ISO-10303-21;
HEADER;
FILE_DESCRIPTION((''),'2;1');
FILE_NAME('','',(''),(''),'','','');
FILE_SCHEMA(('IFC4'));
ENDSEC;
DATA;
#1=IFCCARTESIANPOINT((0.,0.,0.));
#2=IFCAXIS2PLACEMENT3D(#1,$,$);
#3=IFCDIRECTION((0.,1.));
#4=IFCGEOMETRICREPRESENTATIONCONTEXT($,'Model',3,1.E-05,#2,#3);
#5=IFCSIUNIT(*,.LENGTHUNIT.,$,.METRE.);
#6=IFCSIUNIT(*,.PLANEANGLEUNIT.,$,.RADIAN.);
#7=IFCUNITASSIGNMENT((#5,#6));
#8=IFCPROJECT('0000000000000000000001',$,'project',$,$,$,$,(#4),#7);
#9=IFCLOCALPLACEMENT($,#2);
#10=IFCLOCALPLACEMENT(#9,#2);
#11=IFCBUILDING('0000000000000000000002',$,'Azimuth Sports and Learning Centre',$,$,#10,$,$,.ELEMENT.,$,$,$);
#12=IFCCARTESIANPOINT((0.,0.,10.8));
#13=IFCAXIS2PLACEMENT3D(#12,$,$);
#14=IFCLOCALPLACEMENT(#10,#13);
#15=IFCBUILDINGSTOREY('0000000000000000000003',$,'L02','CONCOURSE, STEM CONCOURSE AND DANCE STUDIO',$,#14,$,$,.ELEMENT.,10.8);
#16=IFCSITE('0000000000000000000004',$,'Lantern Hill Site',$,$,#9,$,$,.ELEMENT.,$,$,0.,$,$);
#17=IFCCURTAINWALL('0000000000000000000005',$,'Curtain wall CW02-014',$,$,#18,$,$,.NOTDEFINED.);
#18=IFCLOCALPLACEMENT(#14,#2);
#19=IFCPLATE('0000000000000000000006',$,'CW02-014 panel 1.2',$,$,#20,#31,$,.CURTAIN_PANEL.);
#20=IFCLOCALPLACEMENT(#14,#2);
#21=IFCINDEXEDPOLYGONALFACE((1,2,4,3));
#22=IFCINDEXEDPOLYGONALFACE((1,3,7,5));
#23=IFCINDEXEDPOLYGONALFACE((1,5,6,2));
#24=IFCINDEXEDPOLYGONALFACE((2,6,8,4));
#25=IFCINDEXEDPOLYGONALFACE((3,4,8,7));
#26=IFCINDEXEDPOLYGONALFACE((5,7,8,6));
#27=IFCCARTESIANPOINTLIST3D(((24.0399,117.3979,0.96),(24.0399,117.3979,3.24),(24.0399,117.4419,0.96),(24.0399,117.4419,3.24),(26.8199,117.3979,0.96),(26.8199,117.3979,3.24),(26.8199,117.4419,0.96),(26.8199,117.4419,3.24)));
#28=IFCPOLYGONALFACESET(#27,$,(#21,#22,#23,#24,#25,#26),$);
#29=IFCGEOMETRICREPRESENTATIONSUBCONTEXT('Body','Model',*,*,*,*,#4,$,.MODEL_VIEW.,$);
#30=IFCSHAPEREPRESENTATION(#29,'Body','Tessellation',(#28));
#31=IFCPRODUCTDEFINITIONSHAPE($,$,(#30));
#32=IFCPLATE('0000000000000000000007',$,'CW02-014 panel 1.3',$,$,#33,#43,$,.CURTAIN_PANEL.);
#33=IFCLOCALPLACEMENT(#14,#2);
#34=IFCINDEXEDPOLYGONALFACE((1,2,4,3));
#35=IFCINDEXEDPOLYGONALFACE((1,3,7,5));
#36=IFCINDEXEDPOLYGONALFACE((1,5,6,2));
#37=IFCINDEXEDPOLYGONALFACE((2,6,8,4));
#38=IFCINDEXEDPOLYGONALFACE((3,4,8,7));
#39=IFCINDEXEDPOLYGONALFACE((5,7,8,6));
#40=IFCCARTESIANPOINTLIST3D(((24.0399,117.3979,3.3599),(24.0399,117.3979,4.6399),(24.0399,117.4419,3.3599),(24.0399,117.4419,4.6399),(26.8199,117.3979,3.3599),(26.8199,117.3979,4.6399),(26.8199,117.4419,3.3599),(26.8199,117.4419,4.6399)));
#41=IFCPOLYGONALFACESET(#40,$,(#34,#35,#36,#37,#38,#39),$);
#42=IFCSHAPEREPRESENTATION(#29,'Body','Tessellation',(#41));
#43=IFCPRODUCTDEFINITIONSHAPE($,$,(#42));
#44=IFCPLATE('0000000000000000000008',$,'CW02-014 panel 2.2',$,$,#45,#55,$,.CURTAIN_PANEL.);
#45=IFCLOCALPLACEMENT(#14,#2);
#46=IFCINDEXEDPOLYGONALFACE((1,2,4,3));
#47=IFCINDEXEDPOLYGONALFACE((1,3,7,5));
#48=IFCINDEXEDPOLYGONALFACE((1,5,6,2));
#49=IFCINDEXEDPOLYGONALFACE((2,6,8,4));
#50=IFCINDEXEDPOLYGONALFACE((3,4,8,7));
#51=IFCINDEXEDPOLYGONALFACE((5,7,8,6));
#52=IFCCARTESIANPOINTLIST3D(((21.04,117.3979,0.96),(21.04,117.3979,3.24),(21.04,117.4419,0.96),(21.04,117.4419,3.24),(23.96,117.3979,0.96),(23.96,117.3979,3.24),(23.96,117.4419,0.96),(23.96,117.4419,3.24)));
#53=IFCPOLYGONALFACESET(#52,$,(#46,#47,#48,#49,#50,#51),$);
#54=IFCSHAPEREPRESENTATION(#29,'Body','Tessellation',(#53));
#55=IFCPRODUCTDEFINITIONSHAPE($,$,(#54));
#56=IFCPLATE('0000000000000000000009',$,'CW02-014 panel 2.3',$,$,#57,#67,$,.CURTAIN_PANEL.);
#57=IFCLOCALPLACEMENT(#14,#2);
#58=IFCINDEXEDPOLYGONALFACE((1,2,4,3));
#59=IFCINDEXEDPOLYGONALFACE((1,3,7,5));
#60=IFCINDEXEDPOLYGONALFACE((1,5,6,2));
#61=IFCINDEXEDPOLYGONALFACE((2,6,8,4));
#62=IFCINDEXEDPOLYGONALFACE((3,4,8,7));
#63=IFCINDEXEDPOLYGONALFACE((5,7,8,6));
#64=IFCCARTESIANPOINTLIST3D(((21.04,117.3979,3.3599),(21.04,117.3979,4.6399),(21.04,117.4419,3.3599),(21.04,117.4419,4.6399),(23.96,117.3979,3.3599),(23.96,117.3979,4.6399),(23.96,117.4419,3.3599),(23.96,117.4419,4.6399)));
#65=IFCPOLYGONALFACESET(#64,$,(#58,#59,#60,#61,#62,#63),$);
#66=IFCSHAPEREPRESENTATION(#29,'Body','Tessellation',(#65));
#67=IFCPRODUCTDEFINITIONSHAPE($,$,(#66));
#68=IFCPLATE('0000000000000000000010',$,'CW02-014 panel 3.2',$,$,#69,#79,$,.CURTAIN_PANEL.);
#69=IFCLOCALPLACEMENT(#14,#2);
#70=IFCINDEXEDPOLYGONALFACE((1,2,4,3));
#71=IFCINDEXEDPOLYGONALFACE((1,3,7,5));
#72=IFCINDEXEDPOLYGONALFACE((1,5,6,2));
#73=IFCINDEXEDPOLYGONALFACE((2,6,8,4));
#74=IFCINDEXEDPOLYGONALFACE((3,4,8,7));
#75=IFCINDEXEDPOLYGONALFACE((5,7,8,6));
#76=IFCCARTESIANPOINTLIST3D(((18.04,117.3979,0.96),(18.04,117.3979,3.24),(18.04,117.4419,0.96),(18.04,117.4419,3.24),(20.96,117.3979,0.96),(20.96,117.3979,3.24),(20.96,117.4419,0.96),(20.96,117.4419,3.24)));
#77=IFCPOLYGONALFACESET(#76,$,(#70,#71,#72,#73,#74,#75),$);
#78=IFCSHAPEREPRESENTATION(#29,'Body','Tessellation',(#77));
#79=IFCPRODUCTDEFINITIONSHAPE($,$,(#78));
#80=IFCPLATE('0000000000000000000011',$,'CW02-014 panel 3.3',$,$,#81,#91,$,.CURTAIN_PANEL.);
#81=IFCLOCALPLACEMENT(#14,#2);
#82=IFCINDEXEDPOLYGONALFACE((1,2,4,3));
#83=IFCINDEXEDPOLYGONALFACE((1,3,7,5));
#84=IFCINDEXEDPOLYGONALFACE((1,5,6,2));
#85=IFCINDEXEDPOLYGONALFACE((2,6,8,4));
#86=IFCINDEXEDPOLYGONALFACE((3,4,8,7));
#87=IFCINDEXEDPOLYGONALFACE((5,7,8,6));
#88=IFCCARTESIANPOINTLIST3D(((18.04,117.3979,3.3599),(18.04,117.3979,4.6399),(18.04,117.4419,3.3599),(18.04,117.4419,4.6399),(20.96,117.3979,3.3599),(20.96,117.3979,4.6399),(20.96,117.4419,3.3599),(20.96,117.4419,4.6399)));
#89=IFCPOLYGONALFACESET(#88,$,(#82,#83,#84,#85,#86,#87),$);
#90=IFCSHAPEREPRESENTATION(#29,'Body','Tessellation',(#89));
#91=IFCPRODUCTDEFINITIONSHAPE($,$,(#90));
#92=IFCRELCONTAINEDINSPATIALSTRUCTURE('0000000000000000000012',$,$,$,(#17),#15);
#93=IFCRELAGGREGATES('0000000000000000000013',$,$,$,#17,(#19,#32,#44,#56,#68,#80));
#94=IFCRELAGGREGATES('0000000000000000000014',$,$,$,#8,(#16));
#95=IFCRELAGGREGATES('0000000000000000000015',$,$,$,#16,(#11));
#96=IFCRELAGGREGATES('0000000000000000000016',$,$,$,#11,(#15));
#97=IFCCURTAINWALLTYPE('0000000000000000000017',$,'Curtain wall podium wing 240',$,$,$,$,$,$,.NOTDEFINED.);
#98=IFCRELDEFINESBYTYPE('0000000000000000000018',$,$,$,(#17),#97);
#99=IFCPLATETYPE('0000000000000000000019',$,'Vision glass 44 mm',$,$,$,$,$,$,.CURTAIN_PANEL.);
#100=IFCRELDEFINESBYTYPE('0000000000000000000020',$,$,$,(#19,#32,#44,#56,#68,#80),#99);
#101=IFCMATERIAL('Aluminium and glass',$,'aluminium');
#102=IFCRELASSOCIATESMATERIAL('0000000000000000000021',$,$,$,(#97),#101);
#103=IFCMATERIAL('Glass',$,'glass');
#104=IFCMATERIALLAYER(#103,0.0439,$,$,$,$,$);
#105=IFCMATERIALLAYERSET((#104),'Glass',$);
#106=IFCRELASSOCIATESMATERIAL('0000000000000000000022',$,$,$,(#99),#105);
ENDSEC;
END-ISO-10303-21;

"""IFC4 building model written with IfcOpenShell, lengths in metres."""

from ifc_helpers import new_model, si_unit, direction, frame, origin, origin_2d, place, context, subcontext, project, spatial, rectangle, extrude, material, layer, layer_set, type_object, element, aggregate, save


model = new_model("IFC4")

# Units and contexts
model_context = context("Model", 3, precision=1e-05, world=origin(), true_north=direction((0.0, 1.0)))
body_context = subcontext(model_context, "Body", "Model", "MODEL_VIEW")
ifc_project = project(units=[si_unit("LENGTHUNIT", "METRE"), si_unit("PLANEANGLEUNIT", "RADIAN")], contexts=[model_context])

# Site, building, storey
site_placement = place(None, origin())
site = spatial("IfcSite", under=ifc_project, at=site_placement, Name="Lantern Hill Site", CompositionType="ELEMENT", RefElevation=0.0)
building_placement = place(site_placement, origin())
building = spatial("IfcBuilding", under=site, at=building_placement, Name="Azimuth Sports and Learning Centre", CompositionType="ELEMENT")
storey_placement = place(building_placement, frame((0.0, 0.0, 10.8)))
storey = spatial("IfcBuildingStorey", under=building, at=storey_placement, Name="L02", Description="CONCOURSE, STEM CONCOURSE AND DANCE STUDIO", CompositionType="ELEMENT", Elevation=10.8)

# Curtain wall, plates
ifc_material_1 = material(Name="Aluminium and glass", Category="aluminium")
curtain_wall_type = type_object("IfcCurtainWallType", Name="Curtain wall podium wing 240", PredefinedType="NOTDEFINED", material=ifc_material_1)
curtain_wall_placement = place(storey_placement, origin())
curtain_wall = element("IfcCurtainWall", 1, at=curtain_wall_placement, inside=storey, type_object=curtain_wall_type, Name="Curtain wall CW02-014", PredefinedType="NOTDEFINED")
ifc_material_2 = material(Name="Glass", Category="glass")
ifc_layer_1 = layer(ifc_material_2, 0.0439)
ifc_layer_set_1 = layer_set([ifc_layer_1], Name="Glass")
plate_type_1 = type_object("IfcPlateType", Name="Vision glass 44 mm", PredefinedType="CURTAIN_PANEL", material=ifc_layer_set_1)
plate_1_placement = place(storey_placement, frame((25.4299, 117.4199, 0.96), z_axis=(0.0, 0.0, 1.0), x_axis=(-1.0, 0.0, 0.0)))
plate_1 = element("IfcPlate", 2, at=plate_1_placement, type_object=plate_type_1, Name="CW02-014 panel 1.2", PredefinedType="CURTAIN_PANEL", context=body_context, shape_type="SweptSolid", body=[
    extrude(rectangle(XDim=2.78, YDim=0.0439, at=origin_2d()), origin(), (0.0, 0.0, 1.0), 2.28),
])
plate_2_placement = place(storey_placement, frame((25.4299, 117.4199, 3.3599), z_axis=(0.0, 0.0, 1.0), x_axis=(-1.0, 0.0, 0.0)))
plate_2 = element("IfcPlate", 3, at=plate_2_placement, type_object=plate_type_1, Name="CW02-014 panel 1.3", PredefinedType="CURTAIN_PANEL", context=body_context, shape_type="SweptSolid", body=[
    extrude(rectangle(XDim=2.78, YDim=0.0439, at=origin_2d()), origin(), (0.0, 0.0, 1.0), 1.28),
])
plate_3_placement = place(storey_placement, frame((22.5, 117.4199, 0.96), z_axis=(0.0, 0.0, 1.0), x_axis=(-1.0, 0.0, 0.0)))
plate_3 = element("IfcPlate", 4, at=plate_3_placement, type_object=plate_type_1, Name="CW02-014 panel 2.2", PredefinedType="CURTAIN_PANEL", context=body_context, shape_type="SweptSolid", body=[
    extrude(rectangle(XDim=2.9199, YDim=0.0439, at=origin_2d()), origin(), (0.0, 0.0, 1.0), 2.28),
])
plate_4_placement = place(storey_placement, frame((22.5, 117.4199, 3.3599), z_axis=(0.0, 0.0, 1.0), x_axis=(-1.0, 0.0, 0.0)))
plate_4 = element("IfcPlate", 5, at=plate_4_placement, type_object=plate_type_1, Name="CW02-014 panel 2.3", PredefinedType="CURTAIN_PANEL", context=body_context, shape_type="SweptSolid", body=[
    extrude(rectangle(XDim=2.9199, YDim=0.0439, at=origin_2d()), origin(), (0.0, 0.0, 1.0), 1.28),
])
plate_5_placement = place(storey_placement, frame((19.5, 117.4199, 0.96), z_axis=(0.0, 0.0, 1.0), x_axis=(-1.0, 0.0, 0.0)))
plate_5 = element("IfcPlate", 6, at=plate_5_placement, type_object=plate_type_1, Name="CW02-014 panel 3.2", PredefinedType="CURTAIN_PANEL", context=body_context, shape_type="SweptSolid", body=[
    extrude(rectangle(XDim=2.9199, YDim=0.0439, at=origin_2d()), origin(), (0.0, 0.0, 1.0), 2.28),
])
plate_6_placement = place(storey_placement, frame((19.5, 117.4199, 3.3599), z_axis=(0.0, 0.0, 1.0), x_axis=(-1.0, 0.0, 0.0)))
plate_6 = element("IfcPlate", 7, at=plate_6_placement, type_object=plate_type_1, Name="CW02-014 panel 3.3", PredefinedType="CURTAIN_PANEL", context=body_context, shape_type="SweptSolid", body=[
    extrude(rectangle(XDim=2.9199, YDim=0.0439, at=origin_2d()), origin(), (0.0, 0.0, 1.0), 1.28),
])
aggregate(curtain_wall, [plate_1, plate_2, plate_3, plate_4, plate_5, plate_6])

save(model, "model.ifc")
